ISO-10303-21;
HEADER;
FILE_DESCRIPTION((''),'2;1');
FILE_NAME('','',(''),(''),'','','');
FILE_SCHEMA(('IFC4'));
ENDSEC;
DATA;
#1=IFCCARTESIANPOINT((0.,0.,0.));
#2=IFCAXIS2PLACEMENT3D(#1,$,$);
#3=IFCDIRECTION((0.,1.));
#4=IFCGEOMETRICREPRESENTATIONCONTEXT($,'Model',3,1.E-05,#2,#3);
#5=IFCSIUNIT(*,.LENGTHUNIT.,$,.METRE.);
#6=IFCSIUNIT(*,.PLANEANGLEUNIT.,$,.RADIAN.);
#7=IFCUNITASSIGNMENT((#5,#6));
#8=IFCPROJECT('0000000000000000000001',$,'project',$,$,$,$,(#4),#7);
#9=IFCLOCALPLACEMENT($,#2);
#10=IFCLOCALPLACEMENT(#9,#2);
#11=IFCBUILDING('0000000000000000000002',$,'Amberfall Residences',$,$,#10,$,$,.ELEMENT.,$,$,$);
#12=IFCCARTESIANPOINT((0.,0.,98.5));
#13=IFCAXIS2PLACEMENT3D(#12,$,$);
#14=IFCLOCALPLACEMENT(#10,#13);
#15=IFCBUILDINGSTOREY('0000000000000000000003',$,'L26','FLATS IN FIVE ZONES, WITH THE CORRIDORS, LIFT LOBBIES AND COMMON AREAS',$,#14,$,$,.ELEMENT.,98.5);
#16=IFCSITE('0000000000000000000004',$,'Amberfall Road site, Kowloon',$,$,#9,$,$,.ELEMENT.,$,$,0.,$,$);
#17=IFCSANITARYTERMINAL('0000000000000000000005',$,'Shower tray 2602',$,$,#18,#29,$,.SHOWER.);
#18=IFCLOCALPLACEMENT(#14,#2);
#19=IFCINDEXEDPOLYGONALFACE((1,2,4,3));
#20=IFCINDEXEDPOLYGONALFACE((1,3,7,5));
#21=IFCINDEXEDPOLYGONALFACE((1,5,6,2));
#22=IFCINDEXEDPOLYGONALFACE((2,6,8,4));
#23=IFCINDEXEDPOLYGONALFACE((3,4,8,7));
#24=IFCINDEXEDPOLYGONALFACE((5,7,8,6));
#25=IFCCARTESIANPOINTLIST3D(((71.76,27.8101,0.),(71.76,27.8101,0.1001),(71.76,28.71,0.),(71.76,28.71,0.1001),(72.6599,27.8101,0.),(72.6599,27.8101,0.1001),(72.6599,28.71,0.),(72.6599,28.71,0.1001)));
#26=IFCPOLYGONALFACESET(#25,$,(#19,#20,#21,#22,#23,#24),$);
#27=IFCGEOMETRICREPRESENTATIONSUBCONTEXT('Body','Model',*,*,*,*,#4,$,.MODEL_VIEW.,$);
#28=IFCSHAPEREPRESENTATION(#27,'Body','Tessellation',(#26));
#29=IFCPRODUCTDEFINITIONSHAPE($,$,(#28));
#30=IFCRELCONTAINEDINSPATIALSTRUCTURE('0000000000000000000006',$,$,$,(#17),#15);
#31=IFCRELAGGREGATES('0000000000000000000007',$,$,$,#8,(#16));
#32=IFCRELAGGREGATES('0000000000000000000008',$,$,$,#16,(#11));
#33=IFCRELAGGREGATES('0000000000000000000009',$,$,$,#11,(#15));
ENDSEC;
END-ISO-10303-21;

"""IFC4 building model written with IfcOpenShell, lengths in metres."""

from ifc_helpers import new_model, si_unit, direction, frame, origin, origin_2d, place, context, subcontext, project, spatial, rectangle, extrude, element, save


model = new_model("IFC4")

# Units and contexts
model_context = context("Model", 3, precision=1e-05, world=origin(), true_north=direction((0.0, 1.0)))
body_context = subcontext(model_context, "Body", "Model", "MODEL_VIEW")
ifc_project = project(units=[si_unit("LENGTHUNIT", "METRE"), si_unit("PLANEANGLEUNIT", "RADIAN")], contexts=[model_context])

# Site, building, storey
site_placement = place(None, origin())
site = spatial("IfcSite", under=ifc_project, at=site_placement, Name="Amberfall Road site, Kowloon", CompositionType="ELEMENT", RefElevation=0.0)
building_placement = place(site_placement, origin())
building = spatial("IfcBuilding", under=site, at=building_placement, Name="Amberfall Residences", CompositionType="ELEMENT")
storey_placement = place(building_placement, frame((0.0, 0.0, 98.5)))
storey = spatial("IfcBuildingStorey", under=building, at=storey_placement, Name="L26", Description="FLATS IN FIVE ZONES, WITH THE CORRIDORS, LIFT LOBBIES AND COMMON AREAS", CompositionType="ELEMENT", Elevation=98.5)

# Sanitary terminal
sanitary_terminal_placement = place(storey_placement, frame((72.21, 28.26, 0.0), z_axis=(0.0, 0.0, 1.0), x_axis=(1.0, 0.0, 0.0)))
element("IfcSanitaryTerminal", 1, at=sanitary_terminal_placement, inside=storey, Name="Shower tray 2602", PredefinedType="SHOWER", context=body_context, shape_type="SweptSolid", body=[
    extrude(rectangle(XDim=0.8999, YDim=0.8999, at=origin_2d()), origin(), (0.0, 0.0, 1.0), 0.1001),
])

save(model, "model.ifc")
